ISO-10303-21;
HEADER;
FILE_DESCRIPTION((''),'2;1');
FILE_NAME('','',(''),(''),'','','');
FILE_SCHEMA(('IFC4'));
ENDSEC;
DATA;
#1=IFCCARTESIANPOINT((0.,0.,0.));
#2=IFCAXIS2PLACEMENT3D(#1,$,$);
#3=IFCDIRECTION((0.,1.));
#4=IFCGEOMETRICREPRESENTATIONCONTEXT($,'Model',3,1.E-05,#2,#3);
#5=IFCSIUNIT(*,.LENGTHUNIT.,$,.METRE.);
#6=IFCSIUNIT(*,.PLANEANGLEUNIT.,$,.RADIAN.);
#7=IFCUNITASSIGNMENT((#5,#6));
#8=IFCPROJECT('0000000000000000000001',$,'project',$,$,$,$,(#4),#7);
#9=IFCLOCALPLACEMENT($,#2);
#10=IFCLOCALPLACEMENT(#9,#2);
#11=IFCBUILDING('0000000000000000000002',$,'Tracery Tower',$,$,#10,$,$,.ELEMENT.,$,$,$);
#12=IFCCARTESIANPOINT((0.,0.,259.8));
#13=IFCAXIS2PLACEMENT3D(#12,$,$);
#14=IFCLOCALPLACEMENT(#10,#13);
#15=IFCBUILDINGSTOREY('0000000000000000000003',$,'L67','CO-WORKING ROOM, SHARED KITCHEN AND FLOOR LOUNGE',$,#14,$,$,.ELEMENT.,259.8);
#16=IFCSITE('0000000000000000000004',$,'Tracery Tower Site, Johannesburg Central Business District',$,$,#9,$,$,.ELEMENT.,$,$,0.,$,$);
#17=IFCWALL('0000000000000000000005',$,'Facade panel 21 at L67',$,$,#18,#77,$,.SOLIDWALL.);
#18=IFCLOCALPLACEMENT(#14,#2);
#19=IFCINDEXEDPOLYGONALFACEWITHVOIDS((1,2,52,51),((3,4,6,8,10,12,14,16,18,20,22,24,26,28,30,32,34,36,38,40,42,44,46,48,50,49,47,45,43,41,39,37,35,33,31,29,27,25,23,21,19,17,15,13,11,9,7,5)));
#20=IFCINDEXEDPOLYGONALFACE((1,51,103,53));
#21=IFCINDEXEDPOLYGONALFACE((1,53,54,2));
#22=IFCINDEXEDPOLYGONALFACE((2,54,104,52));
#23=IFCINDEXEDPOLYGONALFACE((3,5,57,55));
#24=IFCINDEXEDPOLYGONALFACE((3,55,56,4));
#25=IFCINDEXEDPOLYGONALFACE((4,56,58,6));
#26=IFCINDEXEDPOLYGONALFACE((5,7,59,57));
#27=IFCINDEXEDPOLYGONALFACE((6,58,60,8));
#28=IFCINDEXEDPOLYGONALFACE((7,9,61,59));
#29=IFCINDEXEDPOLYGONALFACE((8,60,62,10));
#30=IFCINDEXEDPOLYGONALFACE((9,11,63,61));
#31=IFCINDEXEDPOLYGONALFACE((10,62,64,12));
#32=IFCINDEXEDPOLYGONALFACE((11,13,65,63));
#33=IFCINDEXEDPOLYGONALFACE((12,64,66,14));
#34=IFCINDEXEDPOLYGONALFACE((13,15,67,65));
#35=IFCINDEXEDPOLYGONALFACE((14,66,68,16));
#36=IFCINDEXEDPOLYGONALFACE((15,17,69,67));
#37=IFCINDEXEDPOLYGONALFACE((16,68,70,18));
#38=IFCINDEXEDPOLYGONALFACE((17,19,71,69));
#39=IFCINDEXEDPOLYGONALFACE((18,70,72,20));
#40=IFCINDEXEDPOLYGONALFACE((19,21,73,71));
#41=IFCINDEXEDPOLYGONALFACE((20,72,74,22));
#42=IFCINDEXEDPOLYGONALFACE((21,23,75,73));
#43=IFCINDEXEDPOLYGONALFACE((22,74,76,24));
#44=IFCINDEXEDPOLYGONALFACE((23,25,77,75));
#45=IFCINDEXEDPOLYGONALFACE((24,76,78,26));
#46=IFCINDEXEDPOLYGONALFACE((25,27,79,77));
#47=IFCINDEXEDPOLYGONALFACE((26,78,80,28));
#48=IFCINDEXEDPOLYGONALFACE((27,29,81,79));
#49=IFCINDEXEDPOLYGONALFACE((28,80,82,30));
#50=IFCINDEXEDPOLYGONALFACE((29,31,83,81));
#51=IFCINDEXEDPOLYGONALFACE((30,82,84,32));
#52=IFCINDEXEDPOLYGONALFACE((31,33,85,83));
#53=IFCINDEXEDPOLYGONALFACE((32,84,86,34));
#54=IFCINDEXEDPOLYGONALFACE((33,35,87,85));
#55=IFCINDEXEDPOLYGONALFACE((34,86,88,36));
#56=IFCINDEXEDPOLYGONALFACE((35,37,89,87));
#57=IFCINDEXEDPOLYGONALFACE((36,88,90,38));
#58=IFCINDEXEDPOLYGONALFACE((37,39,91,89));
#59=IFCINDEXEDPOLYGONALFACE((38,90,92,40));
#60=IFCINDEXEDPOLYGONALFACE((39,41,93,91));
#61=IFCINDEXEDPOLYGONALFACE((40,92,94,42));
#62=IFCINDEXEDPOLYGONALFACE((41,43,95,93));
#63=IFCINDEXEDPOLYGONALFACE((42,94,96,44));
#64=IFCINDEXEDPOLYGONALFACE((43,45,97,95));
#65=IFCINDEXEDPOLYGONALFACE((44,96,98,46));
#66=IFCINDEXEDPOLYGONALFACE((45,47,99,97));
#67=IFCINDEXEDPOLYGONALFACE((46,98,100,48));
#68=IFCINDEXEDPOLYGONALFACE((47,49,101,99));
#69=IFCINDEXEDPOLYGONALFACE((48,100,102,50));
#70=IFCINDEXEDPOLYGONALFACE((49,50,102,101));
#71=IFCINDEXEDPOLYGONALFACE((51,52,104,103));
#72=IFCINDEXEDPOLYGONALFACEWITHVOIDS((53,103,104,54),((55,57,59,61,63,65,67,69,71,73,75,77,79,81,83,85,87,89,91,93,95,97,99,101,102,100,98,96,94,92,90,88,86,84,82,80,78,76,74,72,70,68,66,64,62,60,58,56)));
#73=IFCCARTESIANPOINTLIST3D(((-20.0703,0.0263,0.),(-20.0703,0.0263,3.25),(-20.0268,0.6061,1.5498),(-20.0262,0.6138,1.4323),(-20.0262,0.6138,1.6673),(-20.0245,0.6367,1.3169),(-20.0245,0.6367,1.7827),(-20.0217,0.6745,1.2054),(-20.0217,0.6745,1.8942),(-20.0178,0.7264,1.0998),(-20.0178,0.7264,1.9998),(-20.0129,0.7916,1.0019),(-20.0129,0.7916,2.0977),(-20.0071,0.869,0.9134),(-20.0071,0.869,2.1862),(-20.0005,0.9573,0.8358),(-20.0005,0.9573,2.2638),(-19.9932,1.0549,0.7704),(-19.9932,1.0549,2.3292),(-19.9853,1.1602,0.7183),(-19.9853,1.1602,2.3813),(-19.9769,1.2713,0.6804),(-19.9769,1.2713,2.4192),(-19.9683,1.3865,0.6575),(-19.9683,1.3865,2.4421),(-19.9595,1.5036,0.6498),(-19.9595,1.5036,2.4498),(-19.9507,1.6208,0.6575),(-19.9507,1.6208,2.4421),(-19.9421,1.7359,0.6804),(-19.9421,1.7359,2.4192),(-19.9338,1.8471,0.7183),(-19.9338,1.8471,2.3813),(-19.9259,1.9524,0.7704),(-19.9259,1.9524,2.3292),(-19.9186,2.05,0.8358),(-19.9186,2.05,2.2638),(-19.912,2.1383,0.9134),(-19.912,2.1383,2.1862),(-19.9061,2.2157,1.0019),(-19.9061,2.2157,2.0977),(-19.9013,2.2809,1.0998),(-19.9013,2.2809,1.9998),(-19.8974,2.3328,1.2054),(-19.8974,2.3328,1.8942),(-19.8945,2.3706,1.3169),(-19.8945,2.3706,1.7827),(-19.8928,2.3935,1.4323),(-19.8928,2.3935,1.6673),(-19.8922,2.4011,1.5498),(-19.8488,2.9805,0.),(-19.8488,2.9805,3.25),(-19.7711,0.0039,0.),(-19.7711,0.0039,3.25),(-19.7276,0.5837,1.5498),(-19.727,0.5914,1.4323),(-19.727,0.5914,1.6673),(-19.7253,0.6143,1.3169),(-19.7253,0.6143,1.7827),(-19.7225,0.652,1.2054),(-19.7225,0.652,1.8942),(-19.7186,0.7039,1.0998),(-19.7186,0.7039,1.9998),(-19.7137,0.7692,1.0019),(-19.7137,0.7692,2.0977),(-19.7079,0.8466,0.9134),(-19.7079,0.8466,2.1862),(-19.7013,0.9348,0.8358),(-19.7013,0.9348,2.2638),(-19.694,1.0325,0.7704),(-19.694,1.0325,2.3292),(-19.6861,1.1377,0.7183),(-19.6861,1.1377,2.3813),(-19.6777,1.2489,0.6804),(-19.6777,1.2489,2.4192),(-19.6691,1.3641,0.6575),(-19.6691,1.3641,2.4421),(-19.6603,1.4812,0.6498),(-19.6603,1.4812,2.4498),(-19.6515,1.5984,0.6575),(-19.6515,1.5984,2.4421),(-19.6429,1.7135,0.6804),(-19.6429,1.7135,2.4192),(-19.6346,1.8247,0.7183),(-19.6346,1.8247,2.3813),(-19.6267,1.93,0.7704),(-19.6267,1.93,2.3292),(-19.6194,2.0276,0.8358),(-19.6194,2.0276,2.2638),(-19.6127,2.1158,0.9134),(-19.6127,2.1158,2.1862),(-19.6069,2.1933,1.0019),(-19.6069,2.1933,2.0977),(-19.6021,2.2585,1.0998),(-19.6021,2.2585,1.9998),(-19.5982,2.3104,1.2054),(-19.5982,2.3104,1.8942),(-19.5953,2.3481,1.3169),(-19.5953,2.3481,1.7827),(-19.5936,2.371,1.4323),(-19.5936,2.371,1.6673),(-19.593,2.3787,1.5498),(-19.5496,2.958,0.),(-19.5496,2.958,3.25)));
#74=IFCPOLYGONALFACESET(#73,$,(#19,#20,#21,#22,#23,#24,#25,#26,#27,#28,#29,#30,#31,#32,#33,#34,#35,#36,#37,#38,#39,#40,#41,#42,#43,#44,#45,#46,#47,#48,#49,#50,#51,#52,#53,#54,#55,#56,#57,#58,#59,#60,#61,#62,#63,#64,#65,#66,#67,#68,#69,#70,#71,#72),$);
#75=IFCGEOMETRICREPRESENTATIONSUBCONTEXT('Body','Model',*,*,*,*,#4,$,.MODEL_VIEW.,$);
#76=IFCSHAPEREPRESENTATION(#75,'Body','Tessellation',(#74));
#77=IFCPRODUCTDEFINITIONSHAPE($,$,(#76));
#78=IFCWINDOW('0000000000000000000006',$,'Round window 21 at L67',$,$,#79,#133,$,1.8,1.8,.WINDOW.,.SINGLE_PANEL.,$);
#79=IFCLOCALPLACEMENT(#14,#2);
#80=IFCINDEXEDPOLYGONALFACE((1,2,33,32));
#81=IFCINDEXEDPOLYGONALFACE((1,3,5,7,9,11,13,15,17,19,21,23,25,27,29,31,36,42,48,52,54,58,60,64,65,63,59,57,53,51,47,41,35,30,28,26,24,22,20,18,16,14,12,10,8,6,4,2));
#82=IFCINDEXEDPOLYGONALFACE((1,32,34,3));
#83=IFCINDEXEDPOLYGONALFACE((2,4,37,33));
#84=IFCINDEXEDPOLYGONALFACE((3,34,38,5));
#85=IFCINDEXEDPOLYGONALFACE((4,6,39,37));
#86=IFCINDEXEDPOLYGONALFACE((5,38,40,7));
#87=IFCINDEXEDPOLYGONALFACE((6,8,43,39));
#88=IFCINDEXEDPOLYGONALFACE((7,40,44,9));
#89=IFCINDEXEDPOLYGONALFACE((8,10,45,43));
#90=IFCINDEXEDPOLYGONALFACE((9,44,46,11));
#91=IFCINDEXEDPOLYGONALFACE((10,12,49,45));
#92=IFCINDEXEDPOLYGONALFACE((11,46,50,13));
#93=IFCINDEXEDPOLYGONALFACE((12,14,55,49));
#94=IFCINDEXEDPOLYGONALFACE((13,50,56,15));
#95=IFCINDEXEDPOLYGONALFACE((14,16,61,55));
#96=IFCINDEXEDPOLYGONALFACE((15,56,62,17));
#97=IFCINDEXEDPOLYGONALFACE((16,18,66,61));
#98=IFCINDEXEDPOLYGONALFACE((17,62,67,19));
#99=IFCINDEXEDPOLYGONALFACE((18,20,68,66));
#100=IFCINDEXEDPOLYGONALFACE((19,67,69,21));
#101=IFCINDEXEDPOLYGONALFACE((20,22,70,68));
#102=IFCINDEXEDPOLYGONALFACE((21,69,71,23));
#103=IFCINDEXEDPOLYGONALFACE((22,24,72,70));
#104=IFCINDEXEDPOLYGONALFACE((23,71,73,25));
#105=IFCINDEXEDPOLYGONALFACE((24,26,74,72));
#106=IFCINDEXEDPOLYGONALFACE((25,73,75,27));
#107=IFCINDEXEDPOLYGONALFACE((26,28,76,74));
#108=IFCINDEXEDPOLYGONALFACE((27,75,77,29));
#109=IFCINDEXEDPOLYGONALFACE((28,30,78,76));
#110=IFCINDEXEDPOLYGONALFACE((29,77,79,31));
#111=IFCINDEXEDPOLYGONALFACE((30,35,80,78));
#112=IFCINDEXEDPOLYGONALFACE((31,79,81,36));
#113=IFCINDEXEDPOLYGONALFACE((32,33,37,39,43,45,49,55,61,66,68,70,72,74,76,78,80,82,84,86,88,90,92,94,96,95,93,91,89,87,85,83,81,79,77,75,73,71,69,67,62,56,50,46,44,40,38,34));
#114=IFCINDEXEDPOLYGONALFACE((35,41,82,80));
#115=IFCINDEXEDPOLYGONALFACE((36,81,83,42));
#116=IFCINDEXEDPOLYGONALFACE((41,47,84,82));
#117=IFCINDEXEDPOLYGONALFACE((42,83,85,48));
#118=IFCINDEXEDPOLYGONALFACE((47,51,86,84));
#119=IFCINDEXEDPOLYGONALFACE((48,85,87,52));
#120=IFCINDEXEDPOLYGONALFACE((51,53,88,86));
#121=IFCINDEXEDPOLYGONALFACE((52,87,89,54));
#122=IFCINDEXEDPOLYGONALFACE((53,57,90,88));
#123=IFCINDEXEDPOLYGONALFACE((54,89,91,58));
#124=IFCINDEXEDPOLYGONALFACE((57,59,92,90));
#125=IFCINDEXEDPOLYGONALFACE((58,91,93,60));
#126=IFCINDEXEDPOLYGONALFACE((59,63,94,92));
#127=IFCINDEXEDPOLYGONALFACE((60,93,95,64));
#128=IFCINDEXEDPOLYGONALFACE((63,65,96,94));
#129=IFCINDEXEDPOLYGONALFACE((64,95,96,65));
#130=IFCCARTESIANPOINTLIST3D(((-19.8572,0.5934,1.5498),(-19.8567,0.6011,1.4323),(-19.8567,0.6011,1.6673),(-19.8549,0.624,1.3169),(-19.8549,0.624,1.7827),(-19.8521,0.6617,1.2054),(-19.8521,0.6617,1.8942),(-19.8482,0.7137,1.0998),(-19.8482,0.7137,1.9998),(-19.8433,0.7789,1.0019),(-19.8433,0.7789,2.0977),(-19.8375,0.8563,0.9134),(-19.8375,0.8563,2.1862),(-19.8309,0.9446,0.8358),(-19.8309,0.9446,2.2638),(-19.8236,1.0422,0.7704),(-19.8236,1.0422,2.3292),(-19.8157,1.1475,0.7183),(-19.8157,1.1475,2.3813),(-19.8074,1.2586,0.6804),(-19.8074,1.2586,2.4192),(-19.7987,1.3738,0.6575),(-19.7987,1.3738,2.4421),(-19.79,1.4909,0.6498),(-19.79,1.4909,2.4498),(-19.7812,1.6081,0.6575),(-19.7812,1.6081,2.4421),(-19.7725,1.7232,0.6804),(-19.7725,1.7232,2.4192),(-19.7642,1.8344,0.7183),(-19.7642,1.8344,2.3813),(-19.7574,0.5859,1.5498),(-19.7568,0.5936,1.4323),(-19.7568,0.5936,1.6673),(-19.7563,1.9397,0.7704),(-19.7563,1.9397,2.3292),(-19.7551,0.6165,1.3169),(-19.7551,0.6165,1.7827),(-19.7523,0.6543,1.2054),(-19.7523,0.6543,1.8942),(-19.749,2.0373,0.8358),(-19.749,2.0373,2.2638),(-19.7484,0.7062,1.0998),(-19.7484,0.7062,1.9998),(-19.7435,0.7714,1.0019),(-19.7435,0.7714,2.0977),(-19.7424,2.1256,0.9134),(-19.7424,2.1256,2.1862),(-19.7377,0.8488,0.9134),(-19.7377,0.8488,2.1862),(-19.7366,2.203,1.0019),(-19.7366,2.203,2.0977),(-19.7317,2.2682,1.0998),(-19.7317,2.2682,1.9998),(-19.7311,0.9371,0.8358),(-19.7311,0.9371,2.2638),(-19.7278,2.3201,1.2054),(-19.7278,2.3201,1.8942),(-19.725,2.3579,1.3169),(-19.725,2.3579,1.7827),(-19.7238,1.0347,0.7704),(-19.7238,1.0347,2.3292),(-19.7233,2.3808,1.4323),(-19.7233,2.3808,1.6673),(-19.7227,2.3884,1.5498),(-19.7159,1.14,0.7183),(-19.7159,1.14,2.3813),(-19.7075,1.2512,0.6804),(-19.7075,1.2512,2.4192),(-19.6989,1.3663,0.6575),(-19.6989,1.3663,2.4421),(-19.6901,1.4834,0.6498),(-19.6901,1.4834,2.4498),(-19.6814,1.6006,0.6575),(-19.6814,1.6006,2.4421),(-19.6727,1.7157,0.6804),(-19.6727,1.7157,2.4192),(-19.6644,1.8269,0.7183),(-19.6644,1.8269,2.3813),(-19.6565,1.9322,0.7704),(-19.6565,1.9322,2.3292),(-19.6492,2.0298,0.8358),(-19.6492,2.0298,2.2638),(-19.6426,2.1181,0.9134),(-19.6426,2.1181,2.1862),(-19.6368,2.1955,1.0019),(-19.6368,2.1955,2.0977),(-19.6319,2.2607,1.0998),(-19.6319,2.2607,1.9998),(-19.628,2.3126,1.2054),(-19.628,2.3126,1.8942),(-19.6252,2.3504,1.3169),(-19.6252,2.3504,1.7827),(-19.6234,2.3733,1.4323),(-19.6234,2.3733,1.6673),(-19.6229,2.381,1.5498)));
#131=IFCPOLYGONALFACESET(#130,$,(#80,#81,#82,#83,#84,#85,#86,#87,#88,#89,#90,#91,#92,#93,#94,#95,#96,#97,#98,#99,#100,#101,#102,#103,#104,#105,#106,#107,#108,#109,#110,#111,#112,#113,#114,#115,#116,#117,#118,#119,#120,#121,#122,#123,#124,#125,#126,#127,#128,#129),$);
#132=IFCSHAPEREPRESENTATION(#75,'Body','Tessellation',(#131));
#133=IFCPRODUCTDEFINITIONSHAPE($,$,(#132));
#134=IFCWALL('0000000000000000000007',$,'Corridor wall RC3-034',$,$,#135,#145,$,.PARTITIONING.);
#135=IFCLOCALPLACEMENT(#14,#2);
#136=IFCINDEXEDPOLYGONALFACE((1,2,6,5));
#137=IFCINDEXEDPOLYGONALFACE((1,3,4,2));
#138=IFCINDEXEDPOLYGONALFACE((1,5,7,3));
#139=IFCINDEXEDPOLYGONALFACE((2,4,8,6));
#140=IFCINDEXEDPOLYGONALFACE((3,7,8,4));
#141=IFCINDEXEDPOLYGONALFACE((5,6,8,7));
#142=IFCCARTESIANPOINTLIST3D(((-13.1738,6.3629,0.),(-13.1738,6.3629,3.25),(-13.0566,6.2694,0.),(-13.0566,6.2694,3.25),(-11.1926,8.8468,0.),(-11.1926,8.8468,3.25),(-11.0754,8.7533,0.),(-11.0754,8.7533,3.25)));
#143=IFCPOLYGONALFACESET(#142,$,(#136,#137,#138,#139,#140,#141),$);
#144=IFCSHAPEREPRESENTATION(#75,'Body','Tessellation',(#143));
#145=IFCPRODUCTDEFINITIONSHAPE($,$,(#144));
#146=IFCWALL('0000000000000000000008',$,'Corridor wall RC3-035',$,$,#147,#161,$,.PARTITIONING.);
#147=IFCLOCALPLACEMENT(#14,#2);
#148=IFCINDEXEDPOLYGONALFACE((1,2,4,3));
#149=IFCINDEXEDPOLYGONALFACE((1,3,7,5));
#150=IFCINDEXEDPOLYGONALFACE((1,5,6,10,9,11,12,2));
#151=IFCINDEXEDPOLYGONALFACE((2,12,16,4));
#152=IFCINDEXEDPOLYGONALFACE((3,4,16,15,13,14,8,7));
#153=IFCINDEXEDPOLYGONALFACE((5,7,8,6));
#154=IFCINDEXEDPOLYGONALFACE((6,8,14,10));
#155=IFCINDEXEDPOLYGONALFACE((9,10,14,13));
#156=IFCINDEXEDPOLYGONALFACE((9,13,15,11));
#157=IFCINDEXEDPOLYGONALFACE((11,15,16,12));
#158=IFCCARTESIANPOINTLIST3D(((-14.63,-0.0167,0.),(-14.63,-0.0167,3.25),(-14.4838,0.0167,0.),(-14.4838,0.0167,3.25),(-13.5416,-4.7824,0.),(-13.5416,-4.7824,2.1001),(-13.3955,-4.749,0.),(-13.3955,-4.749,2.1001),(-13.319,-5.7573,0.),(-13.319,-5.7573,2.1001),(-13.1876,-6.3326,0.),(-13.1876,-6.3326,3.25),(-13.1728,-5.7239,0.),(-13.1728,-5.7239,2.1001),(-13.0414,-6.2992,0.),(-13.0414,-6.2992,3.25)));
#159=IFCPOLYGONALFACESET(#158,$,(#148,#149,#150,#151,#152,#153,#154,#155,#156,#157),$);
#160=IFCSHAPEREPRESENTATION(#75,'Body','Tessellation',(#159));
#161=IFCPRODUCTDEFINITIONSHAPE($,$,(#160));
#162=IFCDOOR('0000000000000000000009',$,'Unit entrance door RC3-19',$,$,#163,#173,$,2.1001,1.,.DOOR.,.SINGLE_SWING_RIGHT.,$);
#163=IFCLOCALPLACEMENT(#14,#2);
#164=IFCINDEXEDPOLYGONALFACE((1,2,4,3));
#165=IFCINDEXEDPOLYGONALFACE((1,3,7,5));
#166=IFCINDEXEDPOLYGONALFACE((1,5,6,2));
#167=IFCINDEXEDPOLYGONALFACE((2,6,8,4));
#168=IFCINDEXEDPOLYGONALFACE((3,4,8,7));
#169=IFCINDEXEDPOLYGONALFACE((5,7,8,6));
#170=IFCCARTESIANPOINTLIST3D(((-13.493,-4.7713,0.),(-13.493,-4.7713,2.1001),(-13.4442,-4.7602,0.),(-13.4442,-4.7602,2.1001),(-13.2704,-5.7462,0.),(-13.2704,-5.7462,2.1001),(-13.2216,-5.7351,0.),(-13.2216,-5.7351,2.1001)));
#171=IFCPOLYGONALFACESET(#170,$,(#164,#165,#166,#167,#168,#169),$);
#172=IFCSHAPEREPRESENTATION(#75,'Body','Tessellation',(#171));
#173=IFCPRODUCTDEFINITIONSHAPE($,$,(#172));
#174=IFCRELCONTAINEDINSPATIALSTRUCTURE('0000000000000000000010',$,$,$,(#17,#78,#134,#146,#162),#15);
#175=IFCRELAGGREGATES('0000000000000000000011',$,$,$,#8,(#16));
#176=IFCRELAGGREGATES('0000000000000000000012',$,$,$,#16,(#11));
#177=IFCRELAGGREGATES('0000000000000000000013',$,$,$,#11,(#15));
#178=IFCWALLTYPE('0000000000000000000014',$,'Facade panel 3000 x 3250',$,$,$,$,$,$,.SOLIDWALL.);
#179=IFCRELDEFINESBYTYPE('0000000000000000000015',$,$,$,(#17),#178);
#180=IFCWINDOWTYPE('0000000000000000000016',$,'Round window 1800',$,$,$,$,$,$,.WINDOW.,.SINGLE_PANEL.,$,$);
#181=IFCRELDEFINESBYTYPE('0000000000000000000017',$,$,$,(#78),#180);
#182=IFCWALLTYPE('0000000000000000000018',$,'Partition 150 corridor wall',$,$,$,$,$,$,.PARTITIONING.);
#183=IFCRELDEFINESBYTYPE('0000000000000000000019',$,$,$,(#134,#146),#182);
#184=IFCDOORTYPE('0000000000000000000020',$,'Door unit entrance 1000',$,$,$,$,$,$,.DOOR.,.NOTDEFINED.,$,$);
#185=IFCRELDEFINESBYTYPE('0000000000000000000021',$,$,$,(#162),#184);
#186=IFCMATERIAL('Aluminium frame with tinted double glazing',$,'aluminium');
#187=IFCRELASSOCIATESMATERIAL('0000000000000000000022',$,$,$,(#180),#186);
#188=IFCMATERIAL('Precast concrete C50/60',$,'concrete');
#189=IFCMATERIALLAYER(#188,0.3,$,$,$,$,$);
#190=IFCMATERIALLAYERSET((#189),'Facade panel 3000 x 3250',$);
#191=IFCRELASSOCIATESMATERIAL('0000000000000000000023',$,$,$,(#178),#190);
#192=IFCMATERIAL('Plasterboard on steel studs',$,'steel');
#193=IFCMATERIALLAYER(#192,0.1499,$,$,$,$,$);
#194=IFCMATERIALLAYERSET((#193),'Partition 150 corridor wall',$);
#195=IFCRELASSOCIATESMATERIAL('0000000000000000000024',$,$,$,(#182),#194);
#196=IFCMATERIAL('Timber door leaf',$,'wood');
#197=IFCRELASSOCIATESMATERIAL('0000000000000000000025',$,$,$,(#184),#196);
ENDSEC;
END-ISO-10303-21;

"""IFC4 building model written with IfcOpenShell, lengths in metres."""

from ifc_helpers import new_model, si_unit, direction, frame, frame_2d, origin, origin_2d, place, context, subcontext, project, spatial, rectangle, circle, extrude, material, layer, layer_set, type_object, element, fill, save


model = new_model("IFC4")

# Units and contexts
model_context = context("Model", 3, precision=1e-05, world=origin(), true_north=direction((0.0, 1.0)))
body_context = subcontext(model_context, "Body", "Model", "MODEL_VIEW")
ifc_project = project(units=[si_unit("LENGTHUNIT", "METRE"), si_unit("PLANEANGLEUNIT", "RADIAN")], contexts=[model_context])

# Site, building, storey
site_placement = place(None, origin())
site = spatial("IfcSite", under=ifc_project, at=site_placement, Name="Tracery Tower Site, Johannesburg Central Business District", CompositionType="ELEMENT", RefElevation=0.0)
building_placement = place(site_placement, origin())
building = spatial("IfcBuilding", under=site, at=building_placement, Name="Tracery Tower", CompositionType="ELEMENT")
storey_placement = place(building_placement, frame((0.0, 0.0, 259.8)))
storey = spatial("IfcBuildingStorey", under=building, at=storey_placement, Name="L67", Description="CO-WORKING ROOM, SHARED KITCHEN AND FLOOR LOUNGE", CompositionType="ELEMENT", Elevation=259.8)

# Wall, opening, window
ifc_material_1 = material(Name="Aluminium frame with tinted double glazing", Category="aluminium")
window_type = type_object("IfcWindowType", Name="Round window 1800", PartitioningType="SINGLE_PANEL", PredefinedType="WINDOW", material=ifc_material_1)
ifc_material_2 = material(Name="Precast concrete C50/60", Category="concrete")
ifc_layer_1 = layer(ifc_material_2, 0.3)
ifc_layer_set_1 = layer_set([ifc_layer_1], Name="Facade panel 3000 x 3250")
wall_type_1 = type_object("IfcWallType", Name="Facade panel 3000 x 3250", PredefinedType="SOLIDWALL", material=ifc_layer_set_1)
wall_1_placement = place(storey_placement, frame((-19.6992, 2.9692, 0.0), z_axis=(0.0, 0.0, 1.0), x_axis=(-0.074749, -0.997202, 0.0)))
wall_1 = element("IfcWall", 1, at=wall_1_placement, inside=storey, type_object=wall_type_1, Name="Facade panel 21 at L67", PredefinedType="SOLIDWALL", context=body_context, shape_type="SweptSolid", body=[
    extrude(rectangle(XDim=2.9624, YDim=0.3, at=frame_2d((1.4812, 0.0))), origin(), (0.0, 0.0, 1.0), 3.25),
])
opening_1_placement = place(wall_1_placement, frame((1.481, 0.0, 1.5498)))
opening_1 = element("IfcOpeningElement", 2, at=opening_1_placement, cuts=wall_1, PredefinedType="OPENING", context=body_context, shape_type="SweptSolid", body=[
    extrude(circle(Radius=0.9, at=origin_2d()), frame((0.0, 0.1599, 0.0), z_axis=(0.0, -1.0, 0.0), x_axis=(1.0, 0.0, 0.0)), (0.0, 0.0, 1.0), 0.3201),
])
window_1_placement = place(opening_1_placement, origin())
window_1 = element("IfcWindow", 3, at=window_1_placement, inside=storey, type_object=window_type, Name="Round window 21 at L67", OverallHeight=1.8, OverallWidth=1.8, PartitioningType="SINGLE_PANEL", PredefinedType="WINDOW", context=body_context, shape_type="SweptSolid", body=[
    extrude(circle(Radius=0.9, at=origin_2d()), frame((0.0, 0.1201, 0.0), z_axis=(0.0, -1.0, 0.0), x_axis=(1.0, 0.0, 0.0)), (0.0, 0.0, 1.0), 0.1001),
])
fill(opening_1, window_1)

# Wall
ifc_material_3 = material(Name="Plasterboard on steel studs", Category="steel")
ifc_layer_2 = layer(ifc_material_3, 0.1499)
ifc_layer_set_2 = layer_set([ifc_layer_2], Name="Partition 150 corridor wall")
wall_type_2 = type_object("IfcWallType", Name="Partition 150 corridor wall", PredefinedType="PARTITIONING", material=ifc_layer_set_2)
wall_2_placement = place(storey_placement, frame((-13.1152, 6.3162, 0.0), z_axis=(0.0, 0.0, 1.0), x_axis=(0.623561, 0.781775, 0.0)))
element("IfcWall", 4, at=wall_2_placement, inside=storey, type_object=wall_type_2, Name="Corridor wall RC3-034", PredefinedType="PARTITIONING", context=body_context, shape_type="SweptSolid", body=[
    extrude(rectangle(XDim=3.1772, YDim=0.1499, at=frame_2d((1.5886, 0.0))), origin(), (0.0, 0.0, 1.0), 3.25),
])

# Wall, opening, door
wall_3_placement = place(storey_placement, frame((-14.5569, 0.0, 0.0), z_axis=(0.0, 0.0, 1.0), x_axis=(0.222641, -0.974901, 0.0)))
wall_3 = element("IfcWall", 5, at=wall_3_placement, inside=storey, type_object=wall_type_2, Name="Corridor wall RC3-035", PredefinedType="PARTITIONING", context=body_context, shape_type="SweptSolid", body=[
    extrude(rectangle(XDim=6.4785, YDim=0.1499, at=frame_2d((3.2393, 0.0))), origin(), (0.0, 0.0, 1.0), 3.25),
])
opening_2_placement = place(wall_3_placement, frame((4.8884, 0.0, 0.0)))
opening_2 = element("IfcOpeningElement", 6, at=opening_2_placement, cuts=wall_3, PredefinedType="OPENING", context=body_context, shape_type="SweptSolid", body=[
    extrude(rectangle(XDim=1.0, YDim=2.1001, at=frame_2d((0.5, 1.05))), frame((0.0, 0.075, 0.0), z_axis=(0.0, -1.0, 0.0), x_axis=(1.0, 0.0, 0.0)), (0.0, 0.0, 1.0), 0.1499),
])
ifc_material_4 = material(Name="Timber door leaf", Category="wood")
door_type_1 = type_object("IfcDoorType", Name="Door unit entrance 1000", OperationType="NOTDEFINED", PredefinedType="DOOR", material=ifc_material_4)
door_1_placement = place(opening_2_placement, origin())
door_1 = element("IfcDoor", 7, at=door_1_placement, inside=storey, type_object=door_type_1, Name="Unit entrance door RC3-19", OperationType="SINGLE_SWING_RIGHT", OverallHeight=2.1001, OverallWidth=1.0, PredefinedType="DOOR", context=body_context, shape_type="SweptSolid", body=[
    extrude(rectangle(XDim=1.0, YDim=2.1001, at=frame_2d((0.5, 1.05))), frame((0.0, 0.0249, 0.0), z_axis=(0.0, -1.0, 0.0), x_axis=(1.0, 0.0, 0.0)), (0.0, 0.0, 1.0), 0.05),
])
fill(opening_2, door_1)

save(model, "model.ifc")
